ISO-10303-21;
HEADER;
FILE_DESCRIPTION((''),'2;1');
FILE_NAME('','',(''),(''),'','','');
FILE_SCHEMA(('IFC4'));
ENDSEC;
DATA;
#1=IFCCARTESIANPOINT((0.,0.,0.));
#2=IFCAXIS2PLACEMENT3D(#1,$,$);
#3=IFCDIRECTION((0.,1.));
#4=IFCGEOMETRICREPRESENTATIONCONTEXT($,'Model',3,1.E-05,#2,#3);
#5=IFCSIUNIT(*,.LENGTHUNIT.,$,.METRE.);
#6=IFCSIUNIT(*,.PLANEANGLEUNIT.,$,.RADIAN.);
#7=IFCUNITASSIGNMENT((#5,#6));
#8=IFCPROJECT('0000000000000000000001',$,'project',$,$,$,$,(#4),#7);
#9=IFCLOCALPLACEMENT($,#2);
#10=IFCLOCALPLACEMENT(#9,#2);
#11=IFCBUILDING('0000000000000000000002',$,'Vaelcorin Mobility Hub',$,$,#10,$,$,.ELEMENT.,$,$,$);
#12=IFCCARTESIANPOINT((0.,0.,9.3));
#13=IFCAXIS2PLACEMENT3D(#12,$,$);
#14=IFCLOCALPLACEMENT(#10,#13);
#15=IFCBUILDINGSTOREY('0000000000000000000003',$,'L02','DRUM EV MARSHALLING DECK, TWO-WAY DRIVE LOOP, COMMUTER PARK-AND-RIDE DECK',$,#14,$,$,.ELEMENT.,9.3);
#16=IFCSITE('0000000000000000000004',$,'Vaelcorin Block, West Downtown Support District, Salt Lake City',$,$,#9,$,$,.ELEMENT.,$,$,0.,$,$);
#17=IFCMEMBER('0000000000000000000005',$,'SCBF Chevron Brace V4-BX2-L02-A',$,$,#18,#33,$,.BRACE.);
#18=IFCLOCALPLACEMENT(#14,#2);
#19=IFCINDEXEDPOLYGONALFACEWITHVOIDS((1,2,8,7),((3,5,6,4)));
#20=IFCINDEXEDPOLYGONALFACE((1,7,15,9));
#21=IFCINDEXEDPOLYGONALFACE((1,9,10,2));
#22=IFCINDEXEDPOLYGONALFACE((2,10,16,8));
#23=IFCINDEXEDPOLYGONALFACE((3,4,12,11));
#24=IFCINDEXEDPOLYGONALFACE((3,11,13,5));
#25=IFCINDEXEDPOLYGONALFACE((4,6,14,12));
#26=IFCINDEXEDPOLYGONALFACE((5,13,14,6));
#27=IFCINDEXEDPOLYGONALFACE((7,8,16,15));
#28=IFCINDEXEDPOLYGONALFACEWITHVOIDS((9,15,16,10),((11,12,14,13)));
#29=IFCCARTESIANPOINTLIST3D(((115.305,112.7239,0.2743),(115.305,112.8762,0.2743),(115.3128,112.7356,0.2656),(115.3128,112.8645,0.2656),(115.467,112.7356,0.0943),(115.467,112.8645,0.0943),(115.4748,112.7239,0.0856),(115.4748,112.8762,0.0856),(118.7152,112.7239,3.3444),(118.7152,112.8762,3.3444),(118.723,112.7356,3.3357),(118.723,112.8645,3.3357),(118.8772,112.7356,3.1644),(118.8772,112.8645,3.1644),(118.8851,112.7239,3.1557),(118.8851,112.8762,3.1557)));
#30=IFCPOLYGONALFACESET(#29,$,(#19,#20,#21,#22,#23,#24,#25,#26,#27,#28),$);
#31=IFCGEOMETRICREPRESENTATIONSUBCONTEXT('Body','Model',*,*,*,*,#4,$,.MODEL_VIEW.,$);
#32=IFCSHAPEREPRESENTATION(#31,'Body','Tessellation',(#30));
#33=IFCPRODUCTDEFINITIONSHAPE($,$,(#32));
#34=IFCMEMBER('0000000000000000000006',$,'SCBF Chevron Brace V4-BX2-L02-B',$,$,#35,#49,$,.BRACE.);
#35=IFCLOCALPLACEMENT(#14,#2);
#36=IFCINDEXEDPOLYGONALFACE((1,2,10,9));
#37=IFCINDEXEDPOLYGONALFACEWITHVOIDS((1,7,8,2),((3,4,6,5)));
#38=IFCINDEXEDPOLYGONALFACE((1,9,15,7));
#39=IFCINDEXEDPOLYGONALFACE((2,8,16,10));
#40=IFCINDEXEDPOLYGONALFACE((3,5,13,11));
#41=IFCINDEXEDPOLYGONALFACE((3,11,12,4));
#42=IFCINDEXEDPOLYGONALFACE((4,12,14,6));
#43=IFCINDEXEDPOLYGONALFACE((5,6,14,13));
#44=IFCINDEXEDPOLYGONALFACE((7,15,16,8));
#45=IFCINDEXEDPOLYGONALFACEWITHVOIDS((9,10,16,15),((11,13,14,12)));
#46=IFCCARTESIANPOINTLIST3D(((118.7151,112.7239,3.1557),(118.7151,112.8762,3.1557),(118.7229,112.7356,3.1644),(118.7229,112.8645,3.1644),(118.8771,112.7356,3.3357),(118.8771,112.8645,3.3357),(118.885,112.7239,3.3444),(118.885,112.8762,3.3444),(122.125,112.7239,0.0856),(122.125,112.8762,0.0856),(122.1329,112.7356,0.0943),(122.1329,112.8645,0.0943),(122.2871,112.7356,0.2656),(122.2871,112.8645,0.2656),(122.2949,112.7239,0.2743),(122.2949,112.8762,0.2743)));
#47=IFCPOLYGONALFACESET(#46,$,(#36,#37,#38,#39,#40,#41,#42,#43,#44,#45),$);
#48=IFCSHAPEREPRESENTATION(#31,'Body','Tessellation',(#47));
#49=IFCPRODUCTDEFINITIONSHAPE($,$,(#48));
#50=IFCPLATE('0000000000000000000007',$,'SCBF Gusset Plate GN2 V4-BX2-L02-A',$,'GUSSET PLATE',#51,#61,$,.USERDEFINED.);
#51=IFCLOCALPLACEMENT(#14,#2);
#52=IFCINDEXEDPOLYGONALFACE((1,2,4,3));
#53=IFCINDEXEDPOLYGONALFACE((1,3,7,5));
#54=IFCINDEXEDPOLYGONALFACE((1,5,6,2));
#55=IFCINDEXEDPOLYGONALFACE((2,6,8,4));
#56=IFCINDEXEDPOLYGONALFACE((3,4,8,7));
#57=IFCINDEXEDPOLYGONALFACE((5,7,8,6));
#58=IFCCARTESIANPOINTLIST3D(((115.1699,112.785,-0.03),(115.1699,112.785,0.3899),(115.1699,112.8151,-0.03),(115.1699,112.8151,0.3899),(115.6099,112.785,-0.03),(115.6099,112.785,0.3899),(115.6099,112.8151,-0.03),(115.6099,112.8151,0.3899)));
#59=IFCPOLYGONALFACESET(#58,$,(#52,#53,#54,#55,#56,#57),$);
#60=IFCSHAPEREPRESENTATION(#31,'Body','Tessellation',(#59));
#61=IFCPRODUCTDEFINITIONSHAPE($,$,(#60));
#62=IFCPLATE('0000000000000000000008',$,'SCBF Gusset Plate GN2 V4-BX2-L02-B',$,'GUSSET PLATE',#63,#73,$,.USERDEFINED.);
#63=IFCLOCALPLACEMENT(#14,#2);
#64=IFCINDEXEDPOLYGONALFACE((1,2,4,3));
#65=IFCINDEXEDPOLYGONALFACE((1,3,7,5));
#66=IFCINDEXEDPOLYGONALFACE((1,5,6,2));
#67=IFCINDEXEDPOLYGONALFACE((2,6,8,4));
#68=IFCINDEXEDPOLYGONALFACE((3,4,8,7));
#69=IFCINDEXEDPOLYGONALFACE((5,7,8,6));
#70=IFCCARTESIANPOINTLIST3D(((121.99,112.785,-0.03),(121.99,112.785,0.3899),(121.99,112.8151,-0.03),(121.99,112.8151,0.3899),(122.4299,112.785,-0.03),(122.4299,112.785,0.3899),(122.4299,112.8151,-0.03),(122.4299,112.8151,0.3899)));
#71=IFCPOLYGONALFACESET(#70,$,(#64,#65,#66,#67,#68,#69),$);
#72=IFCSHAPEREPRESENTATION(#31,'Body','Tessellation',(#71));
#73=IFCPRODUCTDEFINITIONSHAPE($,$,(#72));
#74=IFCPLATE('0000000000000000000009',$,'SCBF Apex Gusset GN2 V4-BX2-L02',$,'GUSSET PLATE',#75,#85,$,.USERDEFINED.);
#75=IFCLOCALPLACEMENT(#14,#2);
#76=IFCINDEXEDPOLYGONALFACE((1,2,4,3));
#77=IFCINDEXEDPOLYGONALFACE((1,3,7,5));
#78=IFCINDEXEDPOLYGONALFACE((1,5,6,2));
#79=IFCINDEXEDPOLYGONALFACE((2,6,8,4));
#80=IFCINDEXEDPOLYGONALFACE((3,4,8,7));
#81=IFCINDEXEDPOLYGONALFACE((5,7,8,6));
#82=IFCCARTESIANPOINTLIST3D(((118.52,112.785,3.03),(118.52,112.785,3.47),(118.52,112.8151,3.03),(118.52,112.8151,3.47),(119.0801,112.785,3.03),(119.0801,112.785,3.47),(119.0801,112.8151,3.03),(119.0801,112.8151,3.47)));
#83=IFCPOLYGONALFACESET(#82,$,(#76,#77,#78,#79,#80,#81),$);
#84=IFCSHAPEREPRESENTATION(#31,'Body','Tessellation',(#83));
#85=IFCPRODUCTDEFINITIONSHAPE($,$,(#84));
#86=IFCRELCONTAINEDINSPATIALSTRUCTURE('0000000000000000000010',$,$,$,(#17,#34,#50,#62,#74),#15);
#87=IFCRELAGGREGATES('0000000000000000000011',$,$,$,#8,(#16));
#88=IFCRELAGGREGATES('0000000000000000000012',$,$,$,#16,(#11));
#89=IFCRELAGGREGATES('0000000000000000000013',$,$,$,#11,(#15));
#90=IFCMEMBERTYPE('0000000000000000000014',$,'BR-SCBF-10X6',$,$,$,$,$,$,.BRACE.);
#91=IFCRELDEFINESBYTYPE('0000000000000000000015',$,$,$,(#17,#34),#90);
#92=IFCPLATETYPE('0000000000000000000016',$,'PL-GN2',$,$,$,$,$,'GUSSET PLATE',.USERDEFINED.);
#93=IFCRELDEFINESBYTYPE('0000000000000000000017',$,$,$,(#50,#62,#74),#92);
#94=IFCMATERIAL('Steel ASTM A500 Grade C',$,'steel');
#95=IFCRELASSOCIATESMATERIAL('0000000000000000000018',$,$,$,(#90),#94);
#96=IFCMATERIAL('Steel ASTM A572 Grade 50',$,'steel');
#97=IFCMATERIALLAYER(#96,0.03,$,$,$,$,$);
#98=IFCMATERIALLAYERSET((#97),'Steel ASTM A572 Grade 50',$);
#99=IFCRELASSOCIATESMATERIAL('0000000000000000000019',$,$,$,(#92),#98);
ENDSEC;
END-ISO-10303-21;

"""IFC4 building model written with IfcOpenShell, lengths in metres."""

from ifc_helpers import new_model, si_unit, direction, frame, origin, origin_2d, place, context, subcontext, project, spatial, rectangle, hollow_rectangle, extrude, material, layer, layer_set, material_profile, profile_set, type_object, element, save


model = new_model("IFC4")

# Units and contexts
model_context = context("Model", 3, precision=1e-05, world=origin(), true_north=direction((0.0, 1.0)))
body_context = subcontext(model_context, "Body", "Model", "MODEL_VIEW")
ifc_project = project(units=[si_unit("LENGTHUNIT", "METRE"), si_unit("PLANEANGLEUNIT", "RADIAN")], contexts=[model_context])

# Site, building, storey
site_placement = place(None, origin())
site = spatial("IfcSite", under=ifc_project, at=site_placement, Name="Vaelcorin Block, West Downtown Support District, Salt Lake City", CompositionType="ELEMENT", RefElevation=0.0)
building_placement = place(site_placement, origin())
building = spatial("IfcBuilding", under=site, at=building_placement, Name="Vaelcorin Mobility Hub", CompositionType="ELEMENT")
storey_placement = place(building_placement, frame((0.0, 0.0, 9.3)))
storey = spatial("IfcBuildingStorey", under=building, at=storey_placement, Name="L02", Description="DRUM EV MARSHALLING DECK, TWO-WAY DRIVE LOOP, COMMUTER PARK-AND-RIDE DECK", CompositionType="ELEMENT", Elevation=9.3)

# Members
ifc_material_1 = material(Name="Steel ASTM A500 Grade C", Category="steel")
ifc_material_profile_1 = material_profile(ifc_material_1, hollow_rectangle(XDim=0.1523, YDim=0.2539, WallThickness=0.0117, at=origin_2d()), Name="HSS10X6X0.500")
ifc_profile_set_1 = profile_set([ifc_material_profile_1], Name="Steel ASTM A500 Grade C")
member_type = type_object("IfcMemberType", Name="BR-SCBF-10X6", PredefinedType="BRACE", material=ifc_profile_set_1)
member_1_placement = place(storey_placement, frame((115.3899, 112.8, 0.1799), z_axis=(0.743194, 0.0, 0.669076), x_axis=(0.0, 1.0, 0.0)))
element("IfcMember", 1, at=member_1_placement, inside=storey, type_object=member_type, Name="SCBF Chevron Brace V4-BX2-L02-A", PredefinedType="BRACE", context=body_context, shape_type="SweptSolid", body=[
    extrude(hollow_rectangle(XDim=0.1523, YDim=0.2539, WallThickness=0.0117, at=origin_2d()), origin(), (0.0, 0.0, 1.0), 4.5886),
])
member_2_placement = place(storey_placement, frame((122.21, 112.8, 0.1799), z_axis=(-0.74317, 0.0, 0.669103), x_axis=(0.0, -1.0, 0.0)))
element("IfcMember", 2, at=member_2_placement, inside=storey, type_object=member_type, Name="SCBF Chevron Brace V4-BX2-L02-B", PredefinedType="BRACE", context=body_context, shape_type="SweptSolid", body=[
    extrude(hollow_rectangle(XDim=0.1523, YDim=0.2539, WallThickness=0.0117, at=origin_2d()), origin(), (0.0, 0.0, 1.0), 4.5884),
])

# Plates
ifc_material_2 = material(Name="Steel ASTM A572 Grade 50", Category="steel")
ifc_layer = layer(ifc_material_2, 0.03)
ifc_layer_set = layer_set([ifc_layer], Name="Steel ASTM A572 Grade 50")
plate_type = type_object("IfcPlateType", Name="PL-GN2", ElementType="GUSSET PLATE", PredefinedType="USERDEFINED", material=ifc_layer_set)
for number, where, z_axis, x_axis, name in (
    (3, (115.3899, 112.8, -0.03), (0.0, 0.0, 1.0), (1.0, 0.0, 0.0), "SCBF Gusset Plate GN2 V4-BX2-L02-A"),
    (4, (122.21, 112.8, -0.03), (0.0, 0.0, 1.0), (1.0, 0.0, 0.0), "SCBF Gusset Plate GN2 V4-BX2-L02-B"),
):
    element("IfcPlate", number, at=place(storey_placement, frame(where, z_axis=z_axis, x_axis=x_axis)), inside=storey, type_object=plate_type, Name=name, ObjectType="GUSSET PLATE", PredefinedType="USERDEFINED", context=body_context, shape_type="SweptSolid", body=[
        extrude(rectangle(XDim=0.4399, YDim=0.03, at=origin_2d()), origin(), (0.0, 0.0, 1.0), 0.4199),
    ])
plate_placement = place(storey_placement, frame((118.8, 112.8, 3.03), z_axis=(0.0, 0.0, 1.0), x_axis=(1.0, 0.0, 0.0)))
element("IfcPlate", 5, at=plate_placement, inside=storey, type_object=plate_type, Name="SCBF Apex Gusset GN2 V4-BX2-L02", ObjectType="GUSSET PLATE", PredefinedType="USERDEFINED", context=body_context, shape_type="SweptSolid", body=[
    extrude(rectangle(XDim=0.5601, YDim=0.03, at=origin_2d()), origin(), (0.0, 0.0, 1.0), 0.4399),
])

save(model, "model.ifc")
